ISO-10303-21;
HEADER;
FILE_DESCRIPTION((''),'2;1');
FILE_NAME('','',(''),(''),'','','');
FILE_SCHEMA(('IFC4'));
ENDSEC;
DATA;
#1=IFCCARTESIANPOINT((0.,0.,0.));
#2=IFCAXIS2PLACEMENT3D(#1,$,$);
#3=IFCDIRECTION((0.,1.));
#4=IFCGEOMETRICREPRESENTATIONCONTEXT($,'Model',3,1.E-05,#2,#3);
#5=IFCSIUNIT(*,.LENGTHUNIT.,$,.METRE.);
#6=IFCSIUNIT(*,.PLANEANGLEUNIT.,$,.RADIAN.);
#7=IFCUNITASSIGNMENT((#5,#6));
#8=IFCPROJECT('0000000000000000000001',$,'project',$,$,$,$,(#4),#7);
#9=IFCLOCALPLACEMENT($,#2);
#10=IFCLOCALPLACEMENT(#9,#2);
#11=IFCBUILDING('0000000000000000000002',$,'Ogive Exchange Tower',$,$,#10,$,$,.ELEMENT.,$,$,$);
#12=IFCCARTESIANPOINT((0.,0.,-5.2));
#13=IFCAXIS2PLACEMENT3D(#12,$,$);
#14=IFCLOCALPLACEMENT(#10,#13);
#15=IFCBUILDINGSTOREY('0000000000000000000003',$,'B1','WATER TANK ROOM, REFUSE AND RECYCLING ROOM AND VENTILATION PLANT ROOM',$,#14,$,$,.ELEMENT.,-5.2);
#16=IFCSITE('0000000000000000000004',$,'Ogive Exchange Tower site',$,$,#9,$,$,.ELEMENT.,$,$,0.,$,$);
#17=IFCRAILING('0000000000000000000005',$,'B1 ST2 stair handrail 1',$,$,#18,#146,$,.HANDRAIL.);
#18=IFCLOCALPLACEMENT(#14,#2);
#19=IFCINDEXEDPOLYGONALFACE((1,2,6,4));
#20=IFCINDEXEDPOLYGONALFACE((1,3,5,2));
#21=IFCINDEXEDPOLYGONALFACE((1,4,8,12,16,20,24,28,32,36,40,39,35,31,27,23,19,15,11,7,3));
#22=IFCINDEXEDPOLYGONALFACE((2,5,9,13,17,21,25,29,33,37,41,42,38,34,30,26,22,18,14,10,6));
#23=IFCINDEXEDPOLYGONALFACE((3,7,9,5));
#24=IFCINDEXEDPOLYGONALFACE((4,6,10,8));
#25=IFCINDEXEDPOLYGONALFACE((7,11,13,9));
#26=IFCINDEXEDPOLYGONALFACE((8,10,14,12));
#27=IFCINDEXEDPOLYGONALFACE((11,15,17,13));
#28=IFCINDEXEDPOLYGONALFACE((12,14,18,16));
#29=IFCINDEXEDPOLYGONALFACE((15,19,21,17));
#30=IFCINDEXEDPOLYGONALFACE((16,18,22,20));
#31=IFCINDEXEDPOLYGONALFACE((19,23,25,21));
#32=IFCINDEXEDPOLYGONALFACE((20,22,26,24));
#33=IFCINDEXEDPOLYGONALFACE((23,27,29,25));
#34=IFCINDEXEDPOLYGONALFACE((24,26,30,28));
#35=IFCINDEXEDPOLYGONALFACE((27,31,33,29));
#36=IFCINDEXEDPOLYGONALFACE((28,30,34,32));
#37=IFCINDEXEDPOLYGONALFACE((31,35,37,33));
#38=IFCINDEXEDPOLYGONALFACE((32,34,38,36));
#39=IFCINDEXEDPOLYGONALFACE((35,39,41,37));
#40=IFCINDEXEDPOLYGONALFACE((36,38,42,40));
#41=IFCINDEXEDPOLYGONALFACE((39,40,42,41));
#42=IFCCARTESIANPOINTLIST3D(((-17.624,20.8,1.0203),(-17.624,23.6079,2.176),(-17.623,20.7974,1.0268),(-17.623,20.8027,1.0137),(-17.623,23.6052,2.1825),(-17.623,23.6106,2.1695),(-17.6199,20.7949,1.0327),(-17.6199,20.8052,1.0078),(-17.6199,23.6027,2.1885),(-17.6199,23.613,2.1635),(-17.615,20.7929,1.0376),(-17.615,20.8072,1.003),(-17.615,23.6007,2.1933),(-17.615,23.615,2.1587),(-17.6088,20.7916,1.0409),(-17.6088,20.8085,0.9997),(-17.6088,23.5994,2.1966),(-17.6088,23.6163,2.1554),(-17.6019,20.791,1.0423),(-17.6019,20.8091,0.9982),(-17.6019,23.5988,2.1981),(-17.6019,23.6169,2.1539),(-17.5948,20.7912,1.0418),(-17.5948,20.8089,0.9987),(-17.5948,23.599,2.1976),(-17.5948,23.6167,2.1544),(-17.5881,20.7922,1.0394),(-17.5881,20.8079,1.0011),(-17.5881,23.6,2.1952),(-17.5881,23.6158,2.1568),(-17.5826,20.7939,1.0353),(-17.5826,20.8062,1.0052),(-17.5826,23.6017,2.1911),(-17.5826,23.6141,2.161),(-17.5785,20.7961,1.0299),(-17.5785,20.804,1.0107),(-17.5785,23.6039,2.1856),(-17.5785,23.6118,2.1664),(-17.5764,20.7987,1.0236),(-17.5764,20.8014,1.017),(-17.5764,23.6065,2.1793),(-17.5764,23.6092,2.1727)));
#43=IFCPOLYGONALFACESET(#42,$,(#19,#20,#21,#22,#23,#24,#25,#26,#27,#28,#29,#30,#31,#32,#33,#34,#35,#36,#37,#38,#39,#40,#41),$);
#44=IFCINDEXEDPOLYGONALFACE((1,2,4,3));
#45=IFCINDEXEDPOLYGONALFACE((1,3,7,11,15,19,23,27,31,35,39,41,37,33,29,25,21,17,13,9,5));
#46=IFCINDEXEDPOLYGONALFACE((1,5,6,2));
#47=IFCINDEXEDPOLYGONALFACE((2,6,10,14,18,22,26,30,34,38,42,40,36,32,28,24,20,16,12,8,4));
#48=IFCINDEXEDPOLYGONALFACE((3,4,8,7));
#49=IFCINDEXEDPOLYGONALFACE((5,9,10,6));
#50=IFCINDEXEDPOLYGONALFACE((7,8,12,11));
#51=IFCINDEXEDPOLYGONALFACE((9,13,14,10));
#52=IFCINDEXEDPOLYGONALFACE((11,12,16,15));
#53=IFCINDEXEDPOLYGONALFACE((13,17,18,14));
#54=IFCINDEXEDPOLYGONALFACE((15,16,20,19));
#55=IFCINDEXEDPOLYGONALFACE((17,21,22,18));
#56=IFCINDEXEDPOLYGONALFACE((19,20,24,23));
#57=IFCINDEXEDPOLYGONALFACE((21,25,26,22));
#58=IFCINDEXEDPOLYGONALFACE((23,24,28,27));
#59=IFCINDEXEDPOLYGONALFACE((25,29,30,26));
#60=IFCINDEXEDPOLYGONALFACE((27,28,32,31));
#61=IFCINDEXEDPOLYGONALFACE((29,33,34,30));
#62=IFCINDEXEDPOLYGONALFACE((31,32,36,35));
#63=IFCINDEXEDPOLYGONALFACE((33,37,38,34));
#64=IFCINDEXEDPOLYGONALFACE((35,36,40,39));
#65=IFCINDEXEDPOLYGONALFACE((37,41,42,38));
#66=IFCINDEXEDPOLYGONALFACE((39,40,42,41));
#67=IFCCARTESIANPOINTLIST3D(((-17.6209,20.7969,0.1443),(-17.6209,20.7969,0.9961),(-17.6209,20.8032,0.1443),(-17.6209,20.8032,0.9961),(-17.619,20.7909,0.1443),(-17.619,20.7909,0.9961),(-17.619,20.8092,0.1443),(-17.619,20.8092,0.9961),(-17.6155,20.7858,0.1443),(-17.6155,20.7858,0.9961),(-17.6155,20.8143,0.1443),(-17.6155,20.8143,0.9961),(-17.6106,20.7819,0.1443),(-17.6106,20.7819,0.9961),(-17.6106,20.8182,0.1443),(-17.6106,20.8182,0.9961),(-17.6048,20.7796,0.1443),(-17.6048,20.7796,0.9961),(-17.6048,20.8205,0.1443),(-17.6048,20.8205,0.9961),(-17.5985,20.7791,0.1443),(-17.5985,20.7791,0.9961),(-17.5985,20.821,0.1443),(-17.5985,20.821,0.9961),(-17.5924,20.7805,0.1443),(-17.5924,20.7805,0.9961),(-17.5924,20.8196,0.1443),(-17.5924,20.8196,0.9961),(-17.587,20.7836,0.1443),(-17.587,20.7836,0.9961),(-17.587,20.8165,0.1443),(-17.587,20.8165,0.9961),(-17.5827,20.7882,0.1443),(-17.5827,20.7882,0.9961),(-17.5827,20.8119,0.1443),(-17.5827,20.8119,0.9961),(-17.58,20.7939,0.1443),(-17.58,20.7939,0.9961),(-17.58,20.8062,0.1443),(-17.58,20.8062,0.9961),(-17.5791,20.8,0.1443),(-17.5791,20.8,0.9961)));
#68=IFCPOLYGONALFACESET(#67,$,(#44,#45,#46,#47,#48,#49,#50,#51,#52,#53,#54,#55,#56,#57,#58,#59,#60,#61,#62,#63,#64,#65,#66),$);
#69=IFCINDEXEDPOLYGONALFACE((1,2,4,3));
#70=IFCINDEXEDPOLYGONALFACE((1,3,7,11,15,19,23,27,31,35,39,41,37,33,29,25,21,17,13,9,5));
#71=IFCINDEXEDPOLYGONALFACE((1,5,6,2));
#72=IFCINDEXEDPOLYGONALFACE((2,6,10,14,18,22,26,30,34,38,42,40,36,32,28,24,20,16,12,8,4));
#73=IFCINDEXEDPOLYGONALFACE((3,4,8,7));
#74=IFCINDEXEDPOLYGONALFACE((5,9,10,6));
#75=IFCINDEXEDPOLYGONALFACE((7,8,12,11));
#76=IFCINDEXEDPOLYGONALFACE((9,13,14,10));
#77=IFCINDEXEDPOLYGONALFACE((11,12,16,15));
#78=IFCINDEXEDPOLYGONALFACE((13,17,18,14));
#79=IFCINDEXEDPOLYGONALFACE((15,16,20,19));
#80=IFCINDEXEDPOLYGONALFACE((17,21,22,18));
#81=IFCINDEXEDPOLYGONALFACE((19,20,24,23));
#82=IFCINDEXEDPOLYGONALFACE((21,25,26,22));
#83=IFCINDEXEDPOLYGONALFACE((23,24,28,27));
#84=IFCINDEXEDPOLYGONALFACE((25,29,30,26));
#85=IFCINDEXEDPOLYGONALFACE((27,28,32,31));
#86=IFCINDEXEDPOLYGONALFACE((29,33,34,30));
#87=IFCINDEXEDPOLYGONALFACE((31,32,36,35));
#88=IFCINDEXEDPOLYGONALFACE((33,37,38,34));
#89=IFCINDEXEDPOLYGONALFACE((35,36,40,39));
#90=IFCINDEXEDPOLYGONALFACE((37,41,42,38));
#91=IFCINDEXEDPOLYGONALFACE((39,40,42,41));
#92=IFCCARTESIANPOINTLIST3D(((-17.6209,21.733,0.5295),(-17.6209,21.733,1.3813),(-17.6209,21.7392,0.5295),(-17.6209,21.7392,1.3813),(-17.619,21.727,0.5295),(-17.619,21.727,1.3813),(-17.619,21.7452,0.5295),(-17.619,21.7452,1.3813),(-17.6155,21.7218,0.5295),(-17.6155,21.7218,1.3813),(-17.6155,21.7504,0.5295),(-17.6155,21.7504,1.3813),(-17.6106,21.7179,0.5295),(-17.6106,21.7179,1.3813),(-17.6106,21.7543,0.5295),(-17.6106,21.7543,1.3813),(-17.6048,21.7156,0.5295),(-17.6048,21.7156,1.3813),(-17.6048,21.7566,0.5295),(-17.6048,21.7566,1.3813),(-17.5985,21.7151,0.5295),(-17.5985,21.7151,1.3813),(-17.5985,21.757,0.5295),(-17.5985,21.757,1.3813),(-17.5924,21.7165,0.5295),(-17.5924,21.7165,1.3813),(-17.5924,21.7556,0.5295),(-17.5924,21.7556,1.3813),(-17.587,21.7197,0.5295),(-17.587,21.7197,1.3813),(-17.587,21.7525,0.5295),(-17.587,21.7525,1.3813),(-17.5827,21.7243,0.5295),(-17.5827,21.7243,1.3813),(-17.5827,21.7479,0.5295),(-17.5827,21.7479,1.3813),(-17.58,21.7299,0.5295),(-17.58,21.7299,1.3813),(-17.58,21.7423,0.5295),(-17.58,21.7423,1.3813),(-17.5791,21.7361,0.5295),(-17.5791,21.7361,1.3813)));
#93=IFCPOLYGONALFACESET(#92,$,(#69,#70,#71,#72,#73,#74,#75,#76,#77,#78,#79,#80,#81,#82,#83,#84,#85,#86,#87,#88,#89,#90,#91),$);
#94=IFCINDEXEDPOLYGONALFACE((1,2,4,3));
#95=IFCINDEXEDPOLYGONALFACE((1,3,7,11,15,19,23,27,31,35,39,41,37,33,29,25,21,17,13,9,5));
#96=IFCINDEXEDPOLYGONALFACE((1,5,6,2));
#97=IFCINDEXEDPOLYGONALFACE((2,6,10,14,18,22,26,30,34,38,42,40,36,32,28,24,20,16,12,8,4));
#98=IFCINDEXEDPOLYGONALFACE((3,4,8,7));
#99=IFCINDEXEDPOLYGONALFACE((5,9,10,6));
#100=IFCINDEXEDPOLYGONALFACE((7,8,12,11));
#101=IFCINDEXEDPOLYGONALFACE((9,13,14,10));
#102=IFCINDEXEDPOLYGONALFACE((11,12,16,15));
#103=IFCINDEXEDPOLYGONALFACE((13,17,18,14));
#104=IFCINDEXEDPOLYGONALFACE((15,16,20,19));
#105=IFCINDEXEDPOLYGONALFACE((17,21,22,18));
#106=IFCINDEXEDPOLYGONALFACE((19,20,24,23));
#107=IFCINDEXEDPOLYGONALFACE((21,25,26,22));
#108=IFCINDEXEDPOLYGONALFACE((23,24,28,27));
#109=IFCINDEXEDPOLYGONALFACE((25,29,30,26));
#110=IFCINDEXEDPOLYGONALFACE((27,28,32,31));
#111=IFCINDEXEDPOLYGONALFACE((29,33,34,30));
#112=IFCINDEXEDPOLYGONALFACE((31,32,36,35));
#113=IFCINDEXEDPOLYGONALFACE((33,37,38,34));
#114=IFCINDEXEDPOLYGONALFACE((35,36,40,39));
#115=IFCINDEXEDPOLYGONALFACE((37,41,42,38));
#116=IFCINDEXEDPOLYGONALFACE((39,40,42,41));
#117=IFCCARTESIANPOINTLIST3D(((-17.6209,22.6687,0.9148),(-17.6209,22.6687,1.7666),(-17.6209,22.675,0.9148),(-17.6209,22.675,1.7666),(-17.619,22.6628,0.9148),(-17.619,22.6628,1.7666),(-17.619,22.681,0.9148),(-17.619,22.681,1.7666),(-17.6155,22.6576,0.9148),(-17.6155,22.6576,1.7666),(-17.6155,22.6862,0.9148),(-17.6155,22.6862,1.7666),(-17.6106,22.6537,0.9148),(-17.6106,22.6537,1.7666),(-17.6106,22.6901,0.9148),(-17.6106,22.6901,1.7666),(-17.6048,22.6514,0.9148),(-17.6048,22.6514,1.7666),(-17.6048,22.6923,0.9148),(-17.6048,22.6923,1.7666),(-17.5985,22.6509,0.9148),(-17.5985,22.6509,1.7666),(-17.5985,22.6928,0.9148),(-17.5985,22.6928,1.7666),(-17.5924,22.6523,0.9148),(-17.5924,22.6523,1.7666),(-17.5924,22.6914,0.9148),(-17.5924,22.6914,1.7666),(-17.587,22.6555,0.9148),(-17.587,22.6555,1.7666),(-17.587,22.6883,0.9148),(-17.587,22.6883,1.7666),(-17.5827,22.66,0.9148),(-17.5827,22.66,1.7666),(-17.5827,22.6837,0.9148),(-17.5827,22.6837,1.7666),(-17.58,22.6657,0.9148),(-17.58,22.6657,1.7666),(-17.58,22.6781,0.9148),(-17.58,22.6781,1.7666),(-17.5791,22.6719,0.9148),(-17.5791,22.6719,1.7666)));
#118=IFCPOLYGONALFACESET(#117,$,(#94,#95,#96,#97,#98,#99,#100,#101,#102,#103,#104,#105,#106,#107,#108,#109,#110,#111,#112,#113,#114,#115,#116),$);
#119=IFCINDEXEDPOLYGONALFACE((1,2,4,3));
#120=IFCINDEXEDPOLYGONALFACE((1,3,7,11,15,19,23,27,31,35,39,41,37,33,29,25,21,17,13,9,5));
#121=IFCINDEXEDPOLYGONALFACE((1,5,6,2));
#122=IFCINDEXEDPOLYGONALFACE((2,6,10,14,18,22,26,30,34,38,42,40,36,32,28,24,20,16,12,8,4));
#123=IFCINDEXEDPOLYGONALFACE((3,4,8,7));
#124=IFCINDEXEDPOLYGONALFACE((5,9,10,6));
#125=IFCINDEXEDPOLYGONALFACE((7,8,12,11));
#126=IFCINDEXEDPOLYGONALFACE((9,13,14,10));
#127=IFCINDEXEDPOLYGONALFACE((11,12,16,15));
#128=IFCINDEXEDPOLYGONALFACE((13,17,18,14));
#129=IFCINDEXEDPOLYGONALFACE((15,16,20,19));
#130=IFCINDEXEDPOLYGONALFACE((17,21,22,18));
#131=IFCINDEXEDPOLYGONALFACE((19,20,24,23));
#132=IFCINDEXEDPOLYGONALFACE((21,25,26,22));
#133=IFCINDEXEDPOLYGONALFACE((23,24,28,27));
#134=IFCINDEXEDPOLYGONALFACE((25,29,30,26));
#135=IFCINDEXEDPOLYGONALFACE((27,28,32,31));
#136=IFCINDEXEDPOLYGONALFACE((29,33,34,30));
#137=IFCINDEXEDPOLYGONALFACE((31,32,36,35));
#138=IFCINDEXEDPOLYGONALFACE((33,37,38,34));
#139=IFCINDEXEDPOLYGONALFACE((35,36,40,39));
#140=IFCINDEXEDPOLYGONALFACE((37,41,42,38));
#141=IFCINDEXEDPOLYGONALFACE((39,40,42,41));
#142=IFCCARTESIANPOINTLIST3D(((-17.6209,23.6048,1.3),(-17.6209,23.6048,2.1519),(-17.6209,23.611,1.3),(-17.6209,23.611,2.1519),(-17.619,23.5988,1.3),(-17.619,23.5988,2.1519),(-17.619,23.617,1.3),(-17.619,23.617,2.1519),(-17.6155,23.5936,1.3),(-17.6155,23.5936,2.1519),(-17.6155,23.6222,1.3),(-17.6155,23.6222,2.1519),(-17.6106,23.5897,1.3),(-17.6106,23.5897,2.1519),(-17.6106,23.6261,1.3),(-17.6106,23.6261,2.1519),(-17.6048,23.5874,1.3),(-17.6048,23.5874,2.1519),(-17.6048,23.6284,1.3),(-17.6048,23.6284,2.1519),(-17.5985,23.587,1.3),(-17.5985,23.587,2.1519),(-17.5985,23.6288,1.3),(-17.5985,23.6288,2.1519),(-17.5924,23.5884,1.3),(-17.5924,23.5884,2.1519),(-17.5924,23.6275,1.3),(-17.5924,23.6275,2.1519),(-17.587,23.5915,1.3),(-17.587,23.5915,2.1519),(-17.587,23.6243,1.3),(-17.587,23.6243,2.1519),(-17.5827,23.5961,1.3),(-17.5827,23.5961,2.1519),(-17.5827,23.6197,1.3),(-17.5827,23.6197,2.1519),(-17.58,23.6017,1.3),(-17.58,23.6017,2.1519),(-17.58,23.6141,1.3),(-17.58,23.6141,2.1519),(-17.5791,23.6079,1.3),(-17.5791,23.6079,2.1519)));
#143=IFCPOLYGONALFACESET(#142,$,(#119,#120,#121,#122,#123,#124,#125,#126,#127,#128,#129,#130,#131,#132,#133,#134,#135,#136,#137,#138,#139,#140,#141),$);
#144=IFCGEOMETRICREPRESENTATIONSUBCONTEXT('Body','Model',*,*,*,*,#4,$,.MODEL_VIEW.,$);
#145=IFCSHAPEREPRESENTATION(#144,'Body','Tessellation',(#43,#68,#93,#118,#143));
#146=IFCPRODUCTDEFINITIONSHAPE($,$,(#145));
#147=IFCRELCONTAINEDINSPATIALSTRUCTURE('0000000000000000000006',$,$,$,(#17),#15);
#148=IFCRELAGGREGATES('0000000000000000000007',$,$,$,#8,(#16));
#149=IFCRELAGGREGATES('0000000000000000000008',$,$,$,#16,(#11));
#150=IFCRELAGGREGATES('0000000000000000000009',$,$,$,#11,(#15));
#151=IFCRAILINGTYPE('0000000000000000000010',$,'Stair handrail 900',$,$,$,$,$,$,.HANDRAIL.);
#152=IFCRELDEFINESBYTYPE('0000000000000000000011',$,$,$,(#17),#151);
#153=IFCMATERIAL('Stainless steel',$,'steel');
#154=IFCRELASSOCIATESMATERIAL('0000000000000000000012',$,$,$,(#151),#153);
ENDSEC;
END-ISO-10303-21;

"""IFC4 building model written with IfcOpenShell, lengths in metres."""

from ifc_helpers import new_model, si_unit, direction, frame, origin, origin_2d, place, context, subcontext, project, spatial, circle, extrude, material, type_object, element, save


model = new_model("IFC4")

# Units and contexts
model_context = context("Model", 3, precision=1e-05, world=origin(), true_north=direction((0.0, 1.0)))
body_context = subcontext(model_context, "Body", "Model", "MODEL_VIEW")
ifc_project = project(units=[si_unit("LENGTHUNIT", "METRE"), si_unit("PLANEANGLEUNIT", "RADIAN")], contexts=[model_context])

# Site, building, storey
site_placement = place(None, origin())
site = spatial("IfcSite", under=ifc_project, at=site_placement, Name="Ogive Exchange Tower site", CompositionType="ELEMENT", RefElevation=0.0)
building_placement = place(site_placement, origin())
building = spatial("IfcBuilding", under=site, at=building_placement, Name="Ogive Exchange Tower", CompositionType="ELEMENT")
storey_placement = place(building_placement, frame((0.0, 0.0, -5.2)))
storey = spatial("IfcBuildingStorey", under=building, at=storey_placement, Name="B1", Description="WATER TANK ROOM, REFUSE AND RECYCLING ROOM AND VENTILATION PLANT ROOM", CompositionType="ELEMENT", Elevation=-5.2)

# Railing
ifc_material_1 = material(Name="Stainless steel", Category="steel")
railing_type = type_object("IfcRailingType", Name="Stair handrail 900", PredefinedType="HANDRAIL", material=ifc_material_1)
railing_1_placement = place(storey_placement, frame((-17.6001, 20.8, 0.1443)))
element("IfcRailing", 1, at=railing_1_placement, inside=storey, type_object=railing_type, Name="B1 ST2 stair handrail 1", PredefinedType="HANDRAIL", context=body_context, shape_type="SweptSolid", body=[
    extrude(circle(Radius=0.0239, at=origin_2d()), frame((0.0, 0.0, 0.876), z_axis=(0.0, 0.924726, 0.380633), x_axis=(-1.0, 0.0, 0.0)), (0.0, 0.0, 1.0), 3.0364),
    extrude(circle(Radius=0.021, at=origin_2d()), origin(), (0.0, 0.0, 1.0), 0.8518),
    extrude(circle(Radius=0.021, at=origin_2d()), frame((0.0, 0.936, 0.3853)), (0.0, 0.0, 1.0), 0.8518),
    extrude(circle(Radius=0.021, at=origin_2d()), frame((0.0, 1.8718, 0.7705)), (0.0, 0.0, 1.0), 0.8518),
    extrude(circle(Radius=0.021, at=origin_2d()), frame((0.0, 2.8079, 1.1558)), (0.0, 0.0, 1.0), 0.8518),
])

save(model, "model.ifc")
